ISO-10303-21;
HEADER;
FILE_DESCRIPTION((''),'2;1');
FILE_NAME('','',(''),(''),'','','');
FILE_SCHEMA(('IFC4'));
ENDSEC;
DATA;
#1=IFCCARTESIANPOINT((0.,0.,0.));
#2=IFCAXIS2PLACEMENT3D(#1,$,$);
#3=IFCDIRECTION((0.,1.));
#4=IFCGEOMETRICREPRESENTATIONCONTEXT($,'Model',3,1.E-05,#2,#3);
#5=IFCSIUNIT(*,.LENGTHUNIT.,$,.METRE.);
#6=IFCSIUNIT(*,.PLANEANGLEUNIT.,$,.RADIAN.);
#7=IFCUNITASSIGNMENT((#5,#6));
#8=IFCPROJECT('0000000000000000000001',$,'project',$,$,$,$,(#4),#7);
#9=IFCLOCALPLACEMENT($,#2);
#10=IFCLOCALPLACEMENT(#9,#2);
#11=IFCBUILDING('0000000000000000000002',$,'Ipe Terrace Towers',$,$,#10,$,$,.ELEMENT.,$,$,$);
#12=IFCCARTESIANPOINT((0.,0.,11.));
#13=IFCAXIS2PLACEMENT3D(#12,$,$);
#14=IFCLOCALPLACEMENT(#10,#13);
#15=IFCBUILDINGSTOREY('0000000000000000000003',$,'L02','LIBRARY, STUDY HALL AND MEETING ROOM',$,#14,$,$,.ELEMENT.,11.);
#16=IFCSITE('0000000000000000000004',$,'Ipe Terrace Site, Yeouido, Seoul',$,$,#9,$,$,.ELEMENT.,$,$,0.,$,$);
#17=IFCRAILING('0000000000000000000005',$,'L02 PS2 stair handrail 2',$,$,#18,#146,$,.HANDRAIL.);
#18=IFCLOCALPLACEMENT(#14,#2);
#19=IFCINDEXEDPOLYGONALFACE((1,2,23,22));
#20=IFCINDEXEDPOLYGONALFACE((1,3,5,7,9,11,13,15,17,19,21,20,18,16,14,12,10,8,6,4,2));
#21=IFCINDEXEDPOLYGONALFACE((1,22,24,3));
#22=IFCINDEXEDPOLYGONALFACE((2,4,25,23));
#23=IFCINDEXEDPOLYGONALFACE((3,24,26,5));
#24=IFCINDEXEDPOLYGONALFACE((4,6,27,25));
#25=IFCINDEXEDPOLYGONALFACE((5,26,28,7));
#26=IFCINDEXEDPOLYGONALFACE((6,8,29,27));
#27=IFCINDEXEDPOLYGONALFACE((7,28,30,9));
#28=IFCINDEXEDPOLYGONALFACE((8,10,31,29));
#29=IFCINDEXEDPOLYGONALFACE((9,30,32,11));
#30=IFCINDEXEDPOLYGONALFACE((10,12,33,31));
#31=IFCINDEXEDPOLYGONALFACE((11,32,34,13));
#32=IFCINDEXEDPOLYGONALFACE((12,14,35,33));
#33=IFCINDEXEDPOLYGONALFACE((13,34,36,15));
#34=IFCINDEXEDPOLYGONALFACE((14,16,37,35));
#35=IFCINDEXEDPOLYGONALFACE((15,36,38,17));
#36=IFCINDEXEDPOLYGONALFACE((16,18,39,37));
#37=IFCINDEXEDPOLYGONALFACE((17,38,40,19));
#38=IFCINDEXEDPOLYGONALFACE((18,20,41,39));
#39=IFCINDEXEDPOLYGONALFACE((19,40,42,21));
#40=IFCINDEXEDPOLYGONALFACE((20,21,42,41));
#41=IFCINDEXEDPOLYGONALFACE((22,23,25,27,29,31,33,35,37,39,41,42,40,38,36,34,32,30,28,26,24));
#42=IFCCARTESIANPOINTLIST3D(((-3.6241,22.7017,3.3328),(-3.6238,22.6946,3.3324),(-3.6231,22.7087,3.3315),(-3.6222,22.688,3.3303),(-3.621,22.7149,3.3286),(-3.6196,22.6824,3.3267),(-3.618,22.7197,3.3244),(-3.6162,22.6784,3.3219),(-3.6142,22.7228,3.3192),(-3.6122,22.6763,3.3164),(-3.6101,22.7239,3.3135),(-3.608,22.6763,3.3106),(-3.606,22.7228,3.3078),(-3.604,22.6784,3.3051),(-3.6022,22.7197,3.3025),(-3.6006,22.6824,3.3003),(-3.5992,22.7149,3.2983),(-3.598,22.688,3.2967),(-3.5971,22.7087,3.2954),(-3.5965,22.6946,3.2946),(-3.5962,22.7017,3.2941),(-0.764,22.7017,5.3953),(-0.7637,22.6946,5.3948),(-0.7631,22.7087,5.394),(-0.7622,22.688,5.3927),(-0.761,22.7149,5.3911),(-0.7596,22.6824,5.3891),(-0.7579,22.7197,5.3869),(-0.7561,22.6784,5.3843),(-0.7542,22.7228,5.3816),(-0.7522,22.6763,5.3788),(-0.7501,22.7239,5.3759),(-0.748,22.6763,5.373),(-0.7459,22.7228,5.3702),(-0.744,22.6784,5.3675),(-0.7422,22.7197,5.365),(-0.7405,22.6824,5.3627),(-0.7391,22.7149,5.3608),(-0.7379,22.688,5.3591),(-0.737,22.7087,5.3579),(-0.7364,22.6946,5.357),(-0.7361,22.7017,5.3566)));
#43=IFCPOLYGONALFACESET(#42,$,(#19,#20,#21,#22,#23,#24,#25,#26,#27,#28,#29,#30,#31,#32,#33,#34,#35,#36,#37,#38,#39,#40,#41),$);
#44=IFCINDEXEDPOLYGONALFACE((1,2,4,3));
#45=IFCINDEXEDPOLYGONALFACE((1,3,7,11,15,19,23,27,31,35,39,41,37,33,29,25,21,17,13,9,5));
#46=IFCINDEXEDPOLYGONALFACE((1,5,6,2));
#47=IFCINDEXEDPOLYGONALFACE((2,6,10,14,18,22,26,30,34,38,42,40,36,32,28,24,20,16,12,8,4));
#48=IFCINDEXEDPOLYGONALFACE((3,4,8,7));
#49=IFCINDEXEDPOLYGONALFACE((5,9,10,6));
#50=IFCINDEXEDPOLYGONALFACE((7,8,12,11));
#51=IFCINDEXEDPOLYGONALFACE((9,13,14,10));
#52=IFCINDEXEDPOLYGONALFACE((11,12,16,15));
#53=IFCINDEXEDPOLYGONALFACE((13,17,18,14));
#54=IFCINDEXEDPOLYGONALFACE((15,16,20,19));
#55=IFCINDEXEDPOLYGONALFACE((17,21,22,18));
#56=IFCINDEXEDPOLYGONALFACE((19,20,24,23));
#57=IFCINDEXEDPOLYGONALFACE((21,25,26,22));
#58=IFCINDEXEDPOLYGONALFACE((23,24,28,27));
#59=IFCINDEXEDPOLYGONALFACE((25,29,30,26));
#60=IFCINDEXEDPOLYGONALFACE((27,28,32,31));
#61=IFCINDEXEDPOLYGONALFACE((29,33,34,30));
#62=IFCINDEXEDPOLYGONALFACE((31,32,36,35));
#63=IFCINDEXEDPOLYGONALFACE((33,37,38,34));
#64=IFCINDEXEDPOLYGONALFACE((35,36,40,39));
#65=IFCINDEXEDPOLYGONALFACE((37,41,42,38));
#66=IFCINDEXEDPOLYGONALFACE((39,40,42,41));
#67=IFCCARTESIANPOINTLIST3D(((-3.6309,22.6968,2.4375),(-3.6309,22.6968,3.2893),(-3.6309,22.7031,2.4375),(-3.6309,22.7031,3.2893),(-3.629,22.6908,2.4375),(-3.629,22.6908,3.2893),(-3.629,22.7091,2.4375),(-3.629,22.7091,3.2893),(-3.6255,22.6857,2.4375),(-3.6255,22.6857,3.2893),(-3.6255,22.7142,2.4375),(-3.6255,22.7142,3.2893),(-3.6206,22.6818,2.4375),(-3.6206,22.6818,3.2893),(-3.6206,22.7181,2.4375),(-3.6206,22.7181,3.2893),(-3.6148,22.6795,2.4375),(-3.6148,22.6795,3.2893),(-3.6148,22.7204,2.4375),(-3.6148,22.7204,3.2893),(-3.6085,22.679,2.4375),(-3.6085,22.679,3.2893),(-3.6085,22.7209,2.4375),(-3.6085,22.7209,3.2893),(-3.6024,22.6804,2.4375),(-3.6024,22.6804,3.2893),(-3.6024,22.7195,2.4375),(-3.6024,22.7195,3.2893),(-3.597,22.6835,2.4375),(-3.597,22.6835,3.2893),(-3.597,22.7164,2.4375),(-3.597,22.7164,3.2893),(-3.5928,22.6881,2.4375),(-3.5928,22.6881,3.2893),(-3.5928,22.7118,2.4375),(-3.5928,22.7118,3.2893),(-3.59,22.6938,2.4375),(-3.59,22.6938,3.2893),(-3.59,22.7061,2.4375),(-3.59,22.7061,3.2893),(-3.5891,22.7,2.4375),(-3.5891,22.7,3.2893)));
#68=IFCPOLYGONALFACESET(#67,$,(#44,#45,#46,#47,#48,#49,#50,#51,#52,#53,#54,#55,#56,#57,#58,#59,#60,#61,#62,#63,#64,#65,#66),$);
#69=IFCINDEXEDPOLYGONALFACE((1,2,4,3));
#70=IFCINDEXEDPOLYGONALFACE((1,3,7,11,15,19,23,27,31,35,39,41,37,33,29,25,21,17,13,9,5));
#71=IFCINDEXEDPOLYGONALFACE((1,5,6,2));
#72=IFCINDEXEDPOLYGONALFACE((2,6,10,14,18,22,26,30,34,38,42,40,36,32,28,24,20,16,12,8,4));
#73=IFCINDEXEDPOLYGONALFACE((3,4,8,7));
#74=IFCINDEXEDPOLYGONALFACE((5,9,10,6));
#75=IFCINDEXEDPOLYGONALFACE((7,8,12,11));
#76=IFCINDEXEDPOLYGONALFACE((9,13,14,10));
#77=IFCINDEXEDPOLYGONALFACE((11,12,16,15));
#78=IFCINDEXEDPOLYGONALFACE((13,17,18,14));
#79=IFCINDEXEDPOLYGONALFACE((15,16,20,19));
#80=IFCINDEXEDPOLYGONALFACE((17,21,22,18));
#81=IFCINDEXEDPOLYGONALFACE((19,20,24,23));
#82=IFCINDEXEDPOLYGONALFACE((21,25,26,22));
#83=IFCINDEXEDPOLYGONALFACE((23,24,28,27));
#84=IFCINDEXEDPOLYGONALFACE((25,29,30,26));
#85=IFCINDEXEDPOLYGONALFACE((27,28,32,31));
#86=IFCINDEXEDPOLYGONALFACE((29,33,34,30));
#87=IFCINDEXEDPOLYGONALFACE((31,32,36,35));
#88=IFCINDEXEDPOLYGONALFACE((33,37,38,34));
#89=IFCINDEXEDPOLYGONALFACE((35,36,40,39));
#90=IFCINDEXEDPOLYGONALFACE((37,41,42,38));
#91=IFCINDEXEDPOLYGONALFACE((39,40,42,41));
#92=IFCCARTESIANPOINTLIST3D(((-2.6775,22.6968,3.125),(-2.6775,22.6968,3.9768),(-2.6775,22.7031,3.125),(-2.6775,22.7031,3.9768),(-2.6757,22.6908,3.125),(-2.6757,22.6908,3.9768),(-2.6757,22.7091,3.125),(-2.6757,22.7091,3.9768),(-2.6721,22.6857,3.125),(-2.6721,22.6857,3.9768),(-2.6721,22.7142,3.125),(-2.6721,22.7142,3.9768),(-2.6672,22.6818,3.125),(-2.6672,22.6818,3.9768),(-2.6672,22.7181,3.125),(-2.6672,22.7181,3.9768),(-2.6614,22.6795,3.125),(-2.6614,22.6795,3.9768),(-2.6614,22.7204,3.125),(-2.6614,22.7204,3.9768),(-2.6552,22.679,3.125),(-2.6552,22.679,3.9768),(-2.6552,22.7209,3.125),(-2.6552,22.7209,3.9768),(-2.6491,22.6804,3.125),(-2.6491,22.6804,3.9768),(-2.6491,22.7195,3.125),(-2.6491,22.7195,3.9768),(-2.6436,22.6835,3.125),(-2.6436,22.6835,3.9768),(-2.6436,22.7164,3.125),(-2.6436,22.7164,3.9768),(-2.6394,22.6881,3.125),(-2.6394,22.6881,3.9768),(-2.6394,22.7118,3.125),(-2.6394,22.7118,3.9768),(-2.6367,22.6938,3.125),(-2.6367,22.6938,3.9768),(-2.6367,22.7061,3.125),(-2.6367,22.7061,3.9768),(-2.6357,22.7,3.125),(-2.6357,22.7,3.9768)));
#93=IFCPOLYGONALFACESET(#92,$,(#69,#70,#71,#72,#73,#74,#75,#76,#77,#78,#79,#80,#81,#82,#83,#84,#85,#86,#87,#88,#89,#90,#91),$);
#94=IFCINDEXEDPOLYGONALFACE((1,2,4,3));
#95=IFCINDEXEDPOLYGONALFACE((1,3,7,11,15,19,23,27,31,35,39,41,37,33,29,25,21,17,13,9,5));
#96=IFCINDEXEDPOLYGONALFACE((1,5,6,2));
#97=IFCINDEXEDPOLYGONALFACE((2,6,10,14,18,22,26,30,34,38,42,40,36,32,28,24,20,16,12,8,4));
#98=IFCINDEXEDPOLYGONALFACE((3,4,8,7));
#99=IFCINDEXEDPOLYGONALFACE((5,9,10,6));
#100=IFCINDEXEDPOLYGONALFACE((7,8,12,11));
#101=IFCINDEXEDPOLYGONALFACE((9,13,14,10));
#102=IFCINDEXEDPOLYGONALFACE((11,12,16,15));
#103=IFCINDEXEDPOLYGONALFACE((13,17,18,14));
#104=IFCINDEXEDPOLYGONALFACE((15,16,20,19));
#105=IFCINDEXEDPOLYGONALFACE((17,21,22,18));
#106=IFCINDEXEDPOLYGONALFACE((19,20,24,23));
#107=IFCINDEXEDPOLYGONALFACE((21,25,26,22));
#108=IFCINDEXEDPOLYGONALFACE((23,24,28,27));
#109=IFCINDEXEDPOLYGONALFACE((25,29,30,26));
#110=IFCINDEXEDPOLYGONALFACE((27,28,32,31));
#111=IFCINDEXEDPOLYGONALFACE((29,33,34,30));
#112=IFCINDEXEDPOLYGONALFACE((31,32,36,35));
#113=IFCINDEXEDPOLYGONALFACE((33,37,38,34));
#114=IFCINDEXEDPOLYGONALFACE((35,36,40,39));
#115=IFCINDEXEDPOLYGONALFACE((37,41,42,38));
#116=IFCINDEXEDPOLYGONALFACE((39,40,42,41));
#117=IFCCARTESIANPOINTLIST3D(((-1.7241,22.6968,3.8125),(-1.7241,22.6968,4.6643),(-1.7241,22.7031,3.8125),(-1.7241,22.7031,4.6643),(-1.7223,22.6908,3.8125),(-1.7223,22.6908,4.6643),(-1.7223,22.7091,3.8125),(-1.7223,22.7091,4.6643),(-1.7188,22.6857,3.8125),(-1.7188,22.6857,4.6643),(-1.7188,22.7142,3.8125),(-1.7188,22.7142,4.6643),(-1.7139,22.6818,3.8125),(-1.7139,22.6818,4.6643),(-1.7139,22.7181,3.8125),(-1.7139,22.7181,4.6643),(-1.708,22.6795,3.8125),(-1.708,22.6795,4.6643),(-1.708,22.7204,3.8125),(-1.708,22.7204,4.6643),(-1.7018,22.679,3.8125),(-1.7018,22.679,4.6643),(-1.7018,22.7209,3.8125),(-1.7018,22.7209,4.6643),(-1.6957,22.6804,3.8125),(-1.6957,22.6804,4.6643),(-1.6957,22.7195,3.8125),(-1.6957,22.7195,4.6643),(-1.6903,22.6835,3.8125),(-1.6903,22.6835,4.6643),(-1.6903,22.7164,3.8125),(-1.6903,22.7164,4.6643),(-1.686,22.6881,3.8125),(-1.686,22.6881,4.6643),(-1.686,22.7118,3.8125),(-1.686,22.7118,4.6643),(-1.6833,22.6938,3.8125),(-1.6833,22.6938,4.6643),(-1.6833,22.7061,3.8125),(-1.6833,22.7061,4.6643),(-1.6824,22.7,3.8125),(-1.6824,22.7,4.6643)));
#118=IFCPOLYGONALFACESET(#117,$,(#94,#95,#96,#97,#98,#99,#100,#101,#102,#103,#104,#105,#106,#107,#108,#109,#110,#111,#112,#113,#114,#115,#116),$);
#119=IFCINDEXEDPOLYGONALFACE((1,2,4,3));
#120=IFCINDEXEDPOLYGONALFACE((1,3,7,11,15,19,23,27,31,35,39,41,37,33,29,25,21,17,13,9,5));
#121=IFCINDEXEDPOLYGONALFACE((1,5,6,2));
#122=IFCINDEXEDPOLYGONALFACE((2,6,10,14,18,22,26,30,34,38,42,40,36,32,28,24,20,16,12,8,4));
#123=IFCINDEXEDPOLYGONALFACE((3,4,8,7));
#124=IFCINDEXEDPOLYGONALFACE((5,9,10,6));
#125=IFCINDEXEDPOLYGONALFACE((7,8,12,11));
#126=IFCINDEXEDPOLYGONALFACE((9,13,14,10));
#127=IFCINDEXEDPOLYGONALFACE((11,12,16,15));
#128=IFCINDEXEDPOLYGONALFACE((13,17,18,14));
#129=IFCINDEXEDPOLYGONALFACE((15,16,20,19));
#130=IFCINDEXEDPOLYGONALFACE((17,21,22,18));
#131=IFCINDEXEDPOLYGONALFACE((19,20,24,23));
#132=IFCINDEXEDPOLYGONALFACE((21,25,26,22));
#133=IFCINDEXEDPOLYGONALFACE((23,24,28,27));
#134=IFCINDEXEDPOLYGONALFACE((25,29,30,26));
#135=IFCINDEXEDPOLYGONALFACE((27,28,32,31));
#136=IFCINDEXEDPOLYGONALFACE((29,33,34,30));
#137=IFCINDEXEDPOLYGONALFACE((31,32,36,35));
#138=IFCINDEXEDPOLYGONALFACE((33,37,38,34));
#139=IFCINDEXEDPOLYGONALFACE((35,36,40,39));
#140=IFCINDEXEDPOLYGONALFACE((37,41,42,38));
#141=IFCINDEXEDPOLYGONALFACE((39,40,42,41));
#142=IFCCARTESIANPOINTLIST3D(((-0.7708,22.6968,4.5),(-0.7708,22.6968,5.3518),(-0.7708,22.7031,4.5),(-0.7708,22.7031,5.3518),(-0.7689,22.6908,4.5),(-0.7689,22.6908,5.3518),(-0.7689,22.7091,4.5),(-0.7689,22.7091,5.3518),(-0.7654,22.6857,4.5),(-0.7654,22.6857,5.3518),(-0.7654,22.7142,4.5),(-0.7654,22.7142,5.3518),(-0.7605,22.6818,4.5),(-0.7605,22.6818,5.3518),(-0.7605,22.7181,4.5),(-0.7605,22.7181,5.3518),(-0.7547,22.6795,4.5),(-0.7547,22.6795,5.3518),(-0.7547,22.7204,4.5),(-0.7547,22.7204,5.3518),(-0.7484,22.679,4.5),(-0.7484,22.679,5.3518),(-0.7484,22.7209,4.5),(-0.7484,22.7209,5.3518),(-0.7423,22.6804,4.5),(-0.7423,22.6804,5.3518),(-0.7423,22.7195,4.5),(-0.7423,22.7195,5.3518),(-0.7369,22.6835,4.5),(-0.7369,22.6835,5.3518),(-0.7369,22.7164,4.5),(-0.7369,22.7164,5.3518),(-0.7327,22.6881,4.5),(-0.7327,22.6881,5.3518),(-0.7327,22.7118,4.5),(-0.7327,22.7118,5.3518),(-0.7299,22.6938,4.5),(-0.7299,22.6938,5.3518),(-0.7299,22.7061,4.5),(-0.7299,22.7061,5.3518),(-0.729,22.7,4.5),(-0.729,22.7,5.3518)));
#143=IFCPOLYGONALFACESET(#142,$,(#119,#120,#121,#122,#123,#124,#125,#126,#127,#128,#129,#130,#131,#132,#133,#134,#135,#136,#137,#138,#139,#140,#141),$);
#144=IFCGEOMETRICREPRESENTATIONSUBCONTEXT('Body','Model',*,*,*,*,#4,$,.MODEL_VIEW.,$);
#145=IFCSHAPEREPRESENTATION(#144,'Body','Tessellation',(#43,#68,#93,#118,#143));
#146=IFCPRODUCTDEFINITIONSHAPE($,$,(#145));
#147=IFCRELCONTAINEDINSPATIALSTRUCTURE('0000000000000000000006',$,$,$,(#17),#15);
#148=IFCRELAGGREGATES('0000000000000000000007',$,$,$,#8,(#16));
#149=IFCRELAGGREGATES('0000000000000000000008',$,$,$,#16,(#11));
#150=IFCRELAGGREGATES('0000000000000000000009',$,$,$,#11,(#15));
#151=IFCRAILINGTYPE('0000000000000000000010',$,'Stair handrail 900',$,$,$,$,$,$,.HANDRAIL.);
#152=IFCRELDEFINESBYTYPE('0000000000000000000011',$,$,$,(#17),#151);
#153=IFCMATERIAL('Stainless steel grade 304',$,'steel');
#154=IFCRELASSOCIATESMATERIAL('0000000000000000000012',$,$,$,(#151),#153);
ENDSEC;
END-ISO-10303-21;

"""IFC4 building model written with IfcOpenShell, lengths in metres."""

from ifc_helpers import new_model, si_unit, direction, frame, origin, origin_2d, place, context, subcontext, project, spatial, circle, extrude, material, type_object, element, save


model = new_model("IFC4")

# Units and contexts
model_context = context("Model", 3, precision=1e-05, world=origin(), true_north=direction((0.0, 1.0)))
body_context = subcontext(model_context, "Body", "Model", "MODEL_VIEW")
ifc_project = project(units=[si_unit("LENGTHUNIT", "METRE"), si_unit("PLANEANGLEUNIT", "RADIAN")], contexts=[model_context])

# Site, building, storey
site_placement = place(None, origin())
site = spatial("IfcSite", under=ifc_project, at=site_placement, Name="Ipe Terrace Site, Yeouido, Seoul", CompositionType="ELEMENT", RefElevation=0.0)
building_placement = place(site_placement, origin())
building = spatial("IfcBuilding", under=site, at=building_placement, Name="Ipe Terrace Towers", CompositionType="ELEMENT")
storey_placement = place(building_placement, frame((0.0, 0.0, 11.0)))
storey = spatial("IfcBuildingStorey", under=building, at=storey_placement, Name="L02", Description="LIBRARY, STUDY HALL AND MEETING ROOM", CompositionType="ELEMENT", Elevation=11.0)

# Railing
ifc_material_1 = material(Name="Stainless steel grade 304", Category="steel")
railing_type_1 = type_object("IfcRailingType", Name="Stair handrail 900", PredefinedType="HANDRAIL", material=ifc_material_1)
railing_1_placement = place(storey_placement, frame((-3.6101, 22.7, 2.4375)))
element("IfcRailing", 1, at=railing_1_placement, inside=storey, type_object=railing_type_1, Name="L02 PS2 stair handrail 2", PredefinedType="HANDRAIL", context=body_context, shape_type="SweptSolid", body=[
    extrude(circle(Radius=0.0239, at=origin_2d()), frame((0.0, 0.0, 0.876), z_axis=(0.811101, 0.0, 0.584906), x_axis=(0.0, 1.0, 0.0)), (0.0, 0.0, 1.0), 3.5261),
    extrude(circle(Radius=0.021, at=origin_2d()), origin(), (0.0, 0.0, 1.0), 0.8518),
    extrude(circle(Radius=0.021, at=origin_2d()), frame((0.9534, 0.0, 0.6875)), (0.0, 0.0, 1.0), 0.8518),
    extrude(circle(Radius=0.021, at=origin_2d()), frame((1.9067, 0.0, 1.375)), (0.0, 0.0, 1.0), 0.8518),
    extrude(circle(Radius=0.021, at=origin_2d()), frame((2.8601, 0.0, 2.0625)), (0.0, 0.0, 1.0), 0.8518),
])

save(model, "model.ifc")
